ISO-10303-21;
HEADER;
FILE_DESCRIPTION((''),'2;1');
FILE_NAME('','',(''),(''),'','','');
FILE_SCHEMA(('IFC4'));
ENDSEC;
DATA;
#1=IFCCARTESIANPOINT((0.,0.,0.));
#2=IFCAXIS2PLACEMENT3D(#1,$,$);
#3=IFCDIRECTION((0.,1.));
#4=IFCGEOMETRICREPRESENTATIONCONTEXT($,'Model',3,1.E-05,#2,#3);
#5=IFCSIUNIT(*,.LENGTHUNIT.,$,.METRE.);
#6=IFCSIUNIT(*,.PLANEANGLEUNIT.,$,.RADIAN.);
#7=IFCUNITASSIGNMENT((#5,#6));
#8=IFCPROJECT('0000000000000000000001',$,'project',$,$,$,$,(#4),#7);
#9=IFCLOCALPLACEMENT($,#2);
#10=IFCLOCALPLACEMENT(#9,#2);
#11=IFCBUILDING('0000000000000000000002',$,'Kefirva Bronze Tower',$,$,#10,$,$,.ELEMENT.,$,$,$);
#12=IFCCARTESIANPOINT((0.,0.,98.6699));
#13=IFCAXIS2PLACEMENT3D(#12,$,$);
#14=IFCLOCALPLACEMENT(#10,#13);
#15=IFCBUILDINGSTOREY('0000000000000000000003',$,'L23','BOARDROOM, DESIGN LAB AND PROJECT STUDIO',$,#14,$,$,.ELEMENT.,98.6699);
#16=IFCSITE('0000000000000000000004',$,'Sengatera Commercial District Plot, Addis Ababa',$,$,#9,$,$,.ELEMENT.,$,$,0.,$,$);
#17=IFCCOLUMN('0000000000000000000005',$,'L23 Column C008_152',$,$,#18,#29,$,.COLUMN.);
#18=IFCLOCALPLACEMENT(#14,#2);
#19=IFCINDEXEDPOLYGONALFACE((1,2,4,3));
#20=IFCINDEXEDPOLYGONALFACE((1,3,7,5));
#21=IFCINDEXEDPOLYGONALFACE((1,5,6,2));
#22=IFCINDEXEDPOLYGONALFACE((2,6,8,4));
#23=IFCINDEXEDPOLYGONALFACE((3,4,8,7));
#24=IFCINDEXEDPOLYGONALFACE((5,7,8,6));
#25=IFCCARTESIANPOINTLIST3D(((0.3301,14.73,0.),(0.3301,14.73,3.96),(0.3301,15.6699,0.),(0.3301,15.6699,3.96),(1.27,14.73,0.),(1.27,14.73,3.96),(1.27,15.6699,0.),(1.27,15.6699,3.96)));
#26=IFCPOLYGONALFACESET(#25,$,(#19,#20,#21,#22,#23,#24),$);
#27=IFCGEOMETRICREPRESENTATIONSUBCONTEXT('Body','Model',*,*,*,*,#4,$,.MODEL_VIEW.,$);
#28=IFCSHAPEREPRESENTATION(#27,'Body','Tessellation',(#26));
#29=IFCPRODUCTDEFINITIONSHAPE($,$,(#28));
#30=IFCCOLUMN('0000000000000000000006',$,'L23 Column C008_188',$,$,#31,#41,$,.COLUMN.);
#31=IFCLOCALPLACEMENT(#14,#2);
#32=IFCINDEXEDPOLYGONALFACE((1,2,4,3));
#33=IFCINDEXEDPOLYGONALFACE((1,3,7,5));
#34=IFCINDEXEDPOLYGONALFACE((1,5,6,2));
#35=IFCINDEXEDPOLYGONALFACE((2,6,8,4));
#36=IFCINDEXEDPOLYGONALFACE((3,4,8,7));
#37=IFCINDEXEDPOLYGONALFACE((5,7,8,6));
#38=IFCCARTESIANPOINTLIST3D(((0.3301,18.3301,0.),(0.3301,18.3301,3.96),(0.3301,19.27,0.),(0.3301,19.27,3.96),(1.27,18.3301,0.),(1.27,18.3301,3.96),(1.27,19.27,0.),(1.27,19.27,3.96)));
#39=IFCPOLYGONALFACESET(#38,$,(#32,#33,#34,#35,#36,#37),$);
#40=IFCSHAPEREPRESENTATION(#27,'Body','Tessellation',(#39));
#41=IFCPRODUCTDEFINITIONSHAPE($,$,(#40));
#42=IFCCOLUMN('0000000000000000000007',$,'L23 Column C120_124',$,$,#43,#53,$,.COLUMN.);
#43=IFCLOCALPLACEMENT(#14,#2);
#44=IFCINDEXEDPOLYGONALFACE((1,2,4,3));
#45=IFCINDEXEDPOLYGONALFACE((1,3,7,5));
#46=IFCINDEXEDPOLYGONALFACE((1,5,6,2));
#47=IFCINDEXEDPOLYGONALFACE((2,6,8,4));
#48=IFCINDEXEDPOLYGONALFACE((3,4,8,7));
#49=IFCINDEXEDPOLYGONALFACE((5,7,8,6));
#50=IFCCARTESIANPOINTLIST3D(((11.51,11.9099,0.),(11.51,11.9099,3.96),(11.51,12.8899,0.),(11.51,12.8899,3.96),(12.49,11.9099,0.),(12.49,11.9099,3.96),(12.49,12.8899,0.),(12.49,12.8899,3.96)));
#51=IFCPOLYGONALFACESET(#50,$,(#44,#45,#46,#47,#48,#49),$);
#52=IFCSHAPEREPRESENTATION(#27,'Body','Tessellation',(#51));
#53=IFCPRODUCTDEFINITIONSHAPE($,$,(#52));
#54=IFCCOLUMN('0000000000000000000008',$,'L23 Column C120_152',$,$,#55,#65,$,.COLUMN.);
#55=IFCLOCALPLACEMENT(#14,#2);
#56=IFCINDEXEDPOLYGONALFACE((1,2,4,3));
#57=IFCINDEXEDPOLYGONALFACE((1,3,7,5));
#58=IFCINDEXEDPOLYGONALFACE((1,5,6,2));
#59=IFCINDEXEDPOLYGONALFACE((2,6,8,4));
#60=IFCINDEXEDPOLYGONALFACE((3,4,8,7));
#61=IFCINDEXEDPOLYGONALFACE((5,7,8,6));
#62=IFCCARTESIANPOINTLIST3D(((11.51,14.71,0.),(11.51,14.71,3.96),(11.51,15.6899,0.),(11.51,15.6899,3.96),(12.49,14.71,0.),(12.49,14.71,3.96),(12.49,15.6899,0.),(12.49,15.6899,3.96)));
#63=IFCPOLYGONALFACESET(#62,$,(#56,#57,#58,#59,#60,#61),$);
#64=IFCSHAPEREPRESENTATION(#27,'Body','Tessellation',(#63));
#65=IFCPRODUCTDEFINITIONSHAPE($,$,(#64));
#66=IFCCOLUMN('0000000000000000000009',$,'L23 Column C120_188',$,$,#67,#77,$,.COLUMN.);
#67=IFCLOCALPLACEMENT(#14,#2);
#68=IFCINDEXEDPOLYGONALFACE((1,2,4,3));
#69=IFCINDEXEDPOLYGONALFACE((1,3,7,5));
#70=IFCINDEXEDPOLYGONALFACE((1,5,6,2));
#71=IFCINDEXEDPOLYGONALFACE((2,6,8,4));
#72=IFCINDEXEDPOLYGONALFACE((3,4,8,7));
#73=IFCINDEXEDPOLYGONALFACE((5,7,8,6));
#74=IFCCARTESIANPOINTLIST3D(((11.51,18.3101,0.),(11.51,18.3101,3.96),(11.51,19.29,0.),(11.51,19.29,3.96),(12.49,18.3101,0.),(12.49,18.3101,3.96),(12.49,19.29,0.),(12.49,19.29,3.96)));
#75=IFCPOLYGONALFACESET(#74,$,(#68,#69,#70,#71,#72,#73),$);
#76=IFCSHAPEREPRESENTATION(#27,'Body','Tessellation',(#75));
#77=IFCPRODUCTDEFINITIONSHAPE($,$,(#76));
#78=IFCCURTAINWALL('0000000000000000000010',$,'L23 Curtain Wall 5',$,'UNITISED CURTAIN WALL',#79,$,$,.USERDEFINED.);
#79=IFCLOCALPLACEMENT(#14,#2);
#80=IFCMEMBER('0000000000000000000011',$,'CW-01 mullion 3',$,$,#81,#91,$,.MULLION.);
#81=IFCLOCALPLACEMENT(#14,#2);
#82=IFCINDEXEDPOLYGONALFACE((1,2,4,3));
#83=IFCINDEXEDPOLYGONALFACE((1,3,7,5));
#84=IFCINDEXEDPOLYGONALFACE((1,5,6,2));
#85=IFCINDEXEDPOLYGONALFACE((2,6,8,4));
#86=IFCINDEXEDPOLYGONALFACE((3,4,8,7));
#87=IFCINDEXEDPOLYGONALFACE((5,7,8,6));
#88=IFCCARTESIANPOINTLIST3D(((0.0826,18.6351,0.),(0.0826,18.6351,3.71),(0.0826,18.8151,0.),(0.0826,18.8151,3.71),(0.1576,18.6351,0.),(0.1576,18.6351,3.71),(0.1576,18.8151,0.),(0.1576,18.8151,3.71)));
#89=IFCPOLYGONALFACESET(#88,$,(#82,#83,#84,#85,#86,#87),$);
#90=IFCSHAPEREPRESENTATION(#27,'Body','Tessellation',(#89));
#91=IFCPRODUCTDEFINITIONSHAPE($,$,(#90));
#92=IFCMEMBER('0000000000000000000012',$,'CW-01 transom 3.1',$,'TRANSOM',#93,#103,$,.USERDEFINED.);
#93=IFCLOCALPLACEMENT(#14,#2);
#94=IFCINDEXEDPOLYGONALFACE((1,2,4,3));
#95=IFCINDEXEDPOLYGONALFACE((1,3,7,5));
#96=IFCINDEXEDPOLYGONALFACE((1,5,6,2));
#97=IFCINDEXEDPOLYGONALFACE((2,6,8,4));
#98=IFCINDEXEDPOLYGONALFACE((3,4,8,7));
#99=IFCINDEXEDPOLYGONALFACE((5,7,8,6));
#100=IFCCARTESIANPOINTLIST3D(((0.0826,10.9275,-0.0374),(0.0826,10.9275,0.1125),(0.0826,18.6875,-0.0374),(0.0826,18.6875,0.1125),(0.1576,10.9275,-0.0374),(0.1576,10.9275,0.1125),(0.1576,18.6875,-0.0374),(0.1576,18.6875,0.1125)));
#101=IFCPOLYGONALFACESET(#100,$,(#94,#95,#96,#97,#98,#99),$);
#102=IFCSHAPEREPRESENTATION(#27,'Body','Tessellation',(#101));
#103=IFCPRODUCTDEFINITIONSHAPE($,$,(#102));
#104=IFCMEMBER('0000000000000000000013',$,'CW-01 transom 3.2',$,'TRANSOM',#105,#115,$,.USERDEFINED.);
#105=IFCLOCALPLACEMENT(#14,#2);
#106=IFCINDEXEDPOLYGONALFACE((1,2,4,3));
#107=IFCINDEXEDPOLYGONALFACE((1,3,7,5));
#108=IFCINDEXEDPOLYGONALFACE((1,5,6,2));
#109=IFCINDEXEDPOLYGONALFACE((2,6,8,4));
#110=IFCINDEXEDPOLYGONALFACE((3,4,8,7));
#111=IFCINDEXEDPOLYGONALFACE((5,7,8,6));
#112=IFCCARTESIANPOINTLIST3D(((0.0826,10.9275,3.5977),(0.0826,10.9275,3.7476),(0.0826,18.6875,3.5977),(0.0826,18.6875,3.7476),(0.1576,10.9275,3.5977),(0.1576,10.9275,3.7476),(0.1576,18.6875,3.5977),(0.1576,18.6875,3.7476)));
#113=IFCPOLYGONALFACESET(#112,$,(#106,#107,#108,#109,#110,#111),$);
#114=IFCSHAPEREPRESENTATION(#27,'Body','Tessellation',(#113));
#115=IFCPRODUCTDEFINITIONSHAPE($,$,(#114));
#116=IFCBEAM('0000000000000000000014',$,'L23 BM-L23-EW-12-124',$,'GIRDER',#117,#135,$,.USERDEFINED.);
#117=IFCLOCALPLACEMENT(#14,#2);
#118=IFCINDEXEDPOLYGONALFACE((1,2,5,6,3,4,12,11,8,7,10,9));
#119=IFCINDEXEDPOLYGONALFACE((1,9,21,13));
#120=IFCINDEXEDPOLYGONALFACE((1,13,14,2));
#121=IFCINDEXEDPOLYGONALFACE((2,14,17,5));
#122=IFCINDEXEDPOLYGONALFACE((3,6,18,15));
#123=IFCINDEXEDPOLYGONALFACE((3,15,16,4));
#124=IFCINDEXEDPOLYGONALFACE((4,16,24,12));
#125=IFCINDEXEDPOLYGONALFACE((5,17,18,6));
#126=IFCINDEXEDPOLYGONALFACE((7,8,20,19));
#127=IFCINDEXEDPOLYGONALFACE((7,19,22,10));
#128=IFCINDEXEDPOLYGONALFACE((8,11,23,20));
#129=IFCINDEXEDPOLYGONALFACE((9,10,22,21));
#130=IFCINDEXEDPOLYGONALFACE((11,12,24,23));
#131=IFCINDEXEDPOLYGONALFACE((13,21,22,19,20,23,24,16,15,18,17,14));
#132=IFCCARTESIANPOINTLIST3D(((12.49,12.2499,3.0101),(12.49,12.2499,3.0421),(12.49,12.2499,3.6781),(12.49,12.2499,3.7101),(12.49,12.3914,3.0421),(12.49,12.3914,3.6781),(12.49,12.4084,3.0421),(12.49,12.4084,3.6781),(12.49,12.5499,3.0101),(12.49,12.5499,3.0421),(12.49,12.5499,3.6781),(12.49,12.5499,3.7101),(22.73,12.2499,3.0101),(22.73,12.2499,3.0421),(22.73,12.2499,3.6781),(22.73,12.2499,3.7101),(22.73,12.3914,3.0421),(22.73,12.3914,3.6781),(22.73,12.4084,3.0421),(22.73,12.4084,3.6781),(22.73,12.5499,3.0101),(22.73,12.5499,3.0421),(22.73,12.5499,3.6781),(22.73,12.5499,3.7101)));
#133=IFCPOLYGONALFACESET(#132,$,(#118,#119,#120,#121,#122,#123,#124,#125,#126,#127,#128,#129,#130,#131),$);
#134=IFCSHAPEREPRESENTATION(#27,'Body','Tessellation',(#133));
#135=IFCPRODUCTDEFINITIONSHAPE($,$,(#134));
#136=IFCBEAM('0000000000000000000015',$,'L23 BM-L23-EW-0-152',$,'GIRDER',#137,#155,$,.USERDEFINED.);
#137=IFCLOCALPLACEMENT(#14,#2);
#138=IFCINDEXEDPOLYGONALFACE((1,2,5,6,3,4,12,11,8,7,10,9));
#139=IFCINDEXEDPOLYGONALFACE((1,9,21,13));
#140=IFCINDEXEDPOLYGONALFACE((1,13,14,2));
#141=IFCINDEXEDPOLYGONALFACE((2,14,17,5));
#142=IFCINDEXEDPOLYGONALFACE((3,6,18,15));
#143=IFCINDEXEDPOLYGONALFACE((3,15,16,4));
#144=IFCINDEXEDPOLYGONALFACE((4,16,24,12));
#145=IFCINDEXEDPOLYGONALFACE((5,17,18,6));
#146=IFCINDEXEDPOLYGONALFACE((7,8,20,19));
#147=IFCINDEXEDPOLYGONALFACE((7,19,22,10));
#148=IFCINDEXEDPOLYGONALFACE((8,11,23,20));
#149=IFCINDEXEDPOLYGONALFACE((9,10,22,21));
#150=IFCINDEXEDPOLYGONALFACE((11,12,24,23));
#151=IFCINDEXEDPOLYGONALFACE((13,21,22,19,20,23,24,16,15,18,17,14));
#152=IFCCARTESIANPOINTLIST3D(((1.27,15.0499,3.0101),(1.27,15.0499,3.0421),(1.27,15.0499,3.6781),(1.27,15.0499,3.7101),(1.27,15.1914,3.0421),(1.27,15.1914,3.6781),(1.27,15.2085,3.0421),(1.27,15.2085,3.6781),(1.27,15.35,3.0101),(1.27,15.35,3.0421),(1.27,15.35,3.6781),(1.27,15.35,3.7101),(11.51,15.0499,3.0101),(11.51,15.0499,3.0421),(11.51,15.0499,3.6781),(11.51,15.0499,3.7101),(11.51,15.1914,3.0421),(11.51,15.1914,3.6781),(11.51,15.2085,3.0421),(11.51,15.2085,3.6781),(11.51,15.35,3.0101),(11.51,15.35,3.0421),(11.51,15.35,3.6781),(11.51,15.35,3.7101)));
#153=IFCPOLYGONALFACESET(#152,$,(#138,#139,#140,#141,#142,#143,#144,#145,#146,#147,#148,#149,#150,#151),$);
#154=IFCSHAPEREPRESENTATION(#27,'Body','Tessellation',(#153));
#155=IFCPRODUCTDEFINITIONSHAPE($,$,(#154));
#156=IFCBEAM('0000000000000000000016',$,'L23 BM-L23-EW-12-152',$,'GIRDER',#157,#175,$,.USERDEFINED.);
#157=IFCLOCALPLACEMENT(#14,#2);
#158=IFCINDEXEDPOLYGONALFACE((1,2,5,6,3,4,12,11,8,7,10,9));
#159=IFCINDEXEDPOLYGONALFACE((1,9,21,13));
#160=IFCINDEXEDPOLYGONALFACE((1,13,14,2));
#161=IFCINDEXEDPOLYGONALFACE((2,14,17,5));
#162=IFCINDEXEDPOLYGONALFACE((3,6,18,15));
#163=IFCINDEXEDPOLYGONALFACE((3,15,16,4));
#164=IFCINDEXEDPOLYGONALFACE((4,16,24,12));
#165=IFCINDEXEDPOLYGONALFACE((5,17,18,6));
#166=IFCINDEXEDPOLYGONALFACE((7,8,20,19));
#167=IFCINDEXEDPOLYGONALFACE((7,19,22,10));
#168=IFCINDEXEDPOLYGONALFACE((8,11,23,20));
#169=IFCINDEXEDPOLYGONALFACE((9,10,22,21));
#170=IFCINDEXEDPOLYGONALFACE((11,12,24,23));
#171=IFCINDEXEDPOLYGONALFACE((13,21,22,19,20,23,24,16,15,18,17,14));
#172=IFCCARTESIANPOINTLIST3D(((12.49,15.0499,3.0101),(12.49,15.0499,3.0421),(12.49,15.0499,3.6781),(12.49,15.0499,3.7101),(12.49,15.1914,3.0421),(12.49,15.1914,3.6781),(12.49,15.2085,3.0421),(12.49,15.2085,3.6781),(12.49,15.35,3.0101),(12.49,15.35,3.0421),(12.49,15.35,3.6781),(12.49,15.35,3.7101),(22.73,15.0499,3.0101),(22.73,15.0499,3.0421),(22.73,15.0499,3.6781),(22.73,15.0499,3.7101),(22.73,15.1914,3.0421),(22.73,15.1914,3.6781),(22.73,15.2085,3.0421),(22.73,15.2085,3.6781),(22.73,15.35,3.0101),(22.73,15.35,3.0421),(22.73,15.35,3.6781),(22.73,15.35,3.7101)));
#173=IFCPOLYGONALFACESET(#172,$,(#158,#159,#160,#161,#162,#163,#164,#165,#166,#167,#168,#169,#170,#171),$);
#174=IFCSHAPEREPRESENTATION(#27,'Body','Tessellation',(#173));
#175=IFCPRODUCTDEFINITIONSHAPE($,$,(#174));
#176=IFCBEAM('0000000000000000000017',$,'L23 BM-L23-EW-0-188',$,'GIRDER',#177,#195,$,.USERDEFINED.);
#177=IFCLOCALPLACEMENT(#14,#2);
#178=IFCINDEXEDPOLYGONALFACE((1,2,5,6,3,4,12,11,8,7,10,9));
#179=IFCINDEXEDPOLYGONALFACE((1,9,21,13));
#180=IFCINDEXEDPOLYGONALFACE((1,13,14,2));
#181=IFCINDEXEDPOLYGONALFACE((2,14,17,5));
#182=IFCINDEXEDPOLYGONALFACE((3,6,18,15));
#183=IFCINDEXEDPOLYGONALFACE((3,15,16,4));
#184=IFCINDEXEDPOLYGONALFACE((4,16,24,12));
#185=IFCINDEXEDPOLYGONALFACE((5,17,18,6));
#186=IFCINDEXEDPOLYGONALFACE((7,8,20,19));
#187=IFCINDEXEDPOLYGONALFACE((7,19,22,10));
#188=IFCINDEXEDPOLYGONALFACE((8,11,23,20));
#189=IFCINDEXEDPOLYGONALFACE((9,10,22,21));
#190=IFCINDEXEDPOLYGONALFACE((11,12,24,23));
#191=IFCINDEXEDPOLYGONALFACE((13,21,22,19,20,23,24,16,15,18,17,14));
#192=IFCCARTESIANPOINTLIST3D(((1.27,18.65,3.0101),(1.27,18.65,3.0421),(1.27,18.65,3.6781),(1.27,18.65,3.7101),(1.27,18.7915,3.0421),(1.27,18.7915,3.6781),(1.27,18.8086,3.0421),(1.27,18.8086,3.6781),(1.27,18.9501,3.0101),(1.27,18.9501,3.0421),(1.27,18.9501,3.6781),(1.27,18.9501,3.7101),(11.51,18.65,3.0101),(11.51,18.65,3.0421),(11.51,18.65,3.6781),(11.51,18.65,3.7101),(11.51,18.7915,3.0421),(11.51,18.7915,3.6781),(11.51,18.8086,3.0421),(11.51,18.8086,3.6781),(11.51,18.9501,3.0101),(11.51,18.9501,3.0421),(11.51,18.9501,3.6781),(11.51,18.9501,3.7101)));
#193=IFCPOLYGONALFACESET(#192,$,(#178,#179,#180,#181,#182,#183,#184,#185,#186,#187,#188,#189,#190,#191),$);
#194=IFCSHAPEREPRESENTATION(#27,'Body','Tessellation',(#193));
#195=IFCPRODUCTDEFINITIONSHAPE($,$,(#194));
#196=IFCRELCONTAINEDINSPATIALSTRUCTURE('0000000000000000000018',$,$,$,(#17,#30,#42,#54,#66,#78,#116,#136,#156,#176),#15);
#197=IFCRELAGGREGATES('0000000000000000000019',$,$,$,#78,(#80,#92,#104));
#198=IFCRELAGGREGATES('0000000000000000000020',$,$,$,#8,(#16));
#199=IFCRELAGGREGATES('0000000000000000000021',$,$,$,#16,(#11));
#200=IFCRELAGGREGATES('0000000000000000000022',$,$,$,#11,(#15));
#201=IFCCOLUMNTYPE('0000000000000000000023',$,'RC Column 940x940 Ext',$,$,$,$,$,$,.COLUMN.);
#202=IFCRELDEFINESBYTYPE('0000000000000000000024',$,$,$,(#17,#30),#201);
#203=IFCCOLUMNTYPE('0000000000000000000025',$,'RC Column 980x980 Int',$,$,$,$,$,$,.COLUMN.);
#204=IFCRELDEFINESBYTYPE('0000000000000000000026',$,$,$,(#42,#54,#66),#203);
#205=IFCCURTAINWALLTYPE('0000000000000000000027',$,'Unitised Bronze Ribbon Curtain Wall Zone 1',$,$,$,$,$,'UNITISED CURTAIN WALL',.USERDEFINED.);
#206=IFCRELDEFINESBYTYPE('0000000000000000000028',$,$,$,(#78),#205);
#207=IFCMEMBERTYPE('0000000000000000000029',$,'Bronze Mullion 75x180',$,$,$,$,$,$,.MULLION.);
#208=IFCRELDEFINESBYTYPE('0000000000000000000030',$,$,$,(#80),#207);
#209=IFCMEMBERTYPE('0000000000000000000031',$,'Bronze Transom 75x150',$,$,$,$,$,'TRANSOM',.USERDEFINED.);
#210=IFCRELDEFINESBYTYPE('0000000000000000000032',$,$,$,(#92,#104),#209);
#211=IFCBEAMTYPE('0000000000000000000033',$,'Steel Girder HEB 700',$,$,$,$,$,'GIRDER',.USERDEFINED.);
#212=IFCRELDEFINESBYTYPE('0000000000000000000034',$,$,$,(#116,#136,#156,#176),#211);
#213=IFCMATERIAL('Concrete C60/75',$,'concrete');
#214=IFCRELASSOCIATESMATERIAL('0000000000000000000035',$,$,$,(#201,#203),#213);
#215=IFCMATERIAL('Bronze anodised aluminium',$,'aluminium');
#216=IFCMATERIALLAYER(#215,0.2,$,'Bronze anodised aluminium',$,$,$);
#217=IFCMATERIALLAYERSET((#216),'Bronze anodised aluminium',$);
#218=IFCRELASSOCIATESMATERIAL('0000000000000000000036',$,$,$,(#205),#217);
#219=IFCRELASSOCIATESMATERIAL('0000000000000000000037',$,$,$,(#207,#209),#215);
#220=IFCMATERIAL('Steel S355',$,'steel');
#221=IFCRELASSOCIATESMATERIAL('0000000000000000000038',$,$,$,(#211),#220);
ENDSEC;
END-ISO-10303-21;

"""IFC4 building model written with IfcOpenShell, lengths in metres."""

from ifc_helpers import new_model, si_unit, direction, frame, origin, origin_2d, place, context, subcontext, project, spatial, rectangle, i_section, extrude, material, layer, layer_set, material_profile, profile_set, type_object, element, aggregate, save


model = new_model("IFC4")

# Units and contexts
model_context = context("Model", 3, precision=1e-05, world=origin(), true_north=direction((0.0, 1.0)))
body_context = subcontext(model_context, "Body", "Model", "MODEL_VIEW")
ifc_project = project(units=[si_unit("LENGTHUNIT", "METRE"), si_unit("PLANEANGLEUNIT", "RADIAN")], contexts=[model_context])

# Site, building, storey
site_placement = place(None, origin())
site = spatial("IfcSite", under=ifc_project, at=site_placement, Name="Sengatera Commercial District Plot, Addis Ababa", CompositionType="ELEMENT", RefElevation=0.0)
building_placement = place(site_placement, origin())
building = spatial("IfcBuilding", under=site, at=building_placement, Name="Kefirva Bronze Tower", CompositionType="ELEMENT")
storey_placement = place(building_placement, frame((0.0, 0.0, 98.6699)))
storey = spatial("IfcBuildingStorey", under=building, at=storey_placement, Name="L23", Description="BOARDROOM, DESIGN LAB AND PROJECT STUDIO", CompositionType="ELEMENT", Elevation=98.6699)

# Columns
ifc_material_1 = material(Name="Concrete C60/75", Category="concrete")
ifc_material_profile_1 = material_profile(ifc_material_1, rectangle(XDim=0.9399, YDim=0.9399, at=origin_2d()), Name="RC 940x940")
ifc_profile_set_1 = profile_set([ifc_material_profile_1], Name="Concrete C60/75")
column_type_1 = type_object("IfcColumnType", Name="RC Column 940x940 Ext", PredefinedType="COLUMN", material=ifc_profile_set_1)
for number, where, z_axis, x_axis, name in (
    (1, (0.8, 15.2, 0.0), (0.0, 0.0, 1.0), (1.0, 0.0, 0.0), "L23 Column C008_152"),
    (2, (0.8, 18.8, 0.0), (0.0, 0.0, 1.0), (1.0, 0.0, 0.0), "L23 Column C008_188"),
):
    element("IfcColumn", number, at=place(storey_placement, frame(where, z_axis=z_axis, x_axis=x_axis)), inside=storey, type_object=column_type_1, Name=name, PredefinedType="COLUMN", context=body_context, shape_type="SweptSolid", body=[
        extrude(rectangle(XDim=0.9399, YDim=0.9399, at=origin_2d()), origin(), (0.0, 0.0, 1.0), 3.96),
    ])
ifc_material_profile_2 = material_profile(ifc_material_1, rectangle(XDim=0.98, YDim=0.98, at=origin_2d()), Name="RC 980x980")
ifc_profile_set_2 = profile_set([ifc_material_profile_2], Name="Concrete C60/75")
column_type_2 = type_object("IfcColumnType", Name="RC Column 980x980 Int", PredefinedType="COLUMN", material=ifc_profile_set_2)
for number, where, z_axis, x_axis, name in (
    (3, (12.0, 12.3999, 0.0), (0.0, 0.0, 1.0), (1.0, 0.0, 0.0), "L23 Column C120_124"),
    (4, (12.0, 15.2, 0.0), (0.0, 0.0, 1.0), (1.0, 0.0, 0.0), "L23 Column C120_152"),
    (5, (12.0, 18.8, 0.0), (0.0, 0.0, 1.0), (1.0, 0.0, 0.0), "L23 Column C120_188"),
):
    element("IfcColumn", number, at=place(storey_placement, frame(where, z_axis=z_axis, x_axis=x_axis)), inside=storey, type_object=column_type_2, Name=name, PredefinedType="COLUMN", context=body_context, shape_type="SweptSolid", body=[
        extrude(rectangle(XDim=0.98, YDim=0.98, at=origin_2d()), origin(), (0.0, 0.0, 1.0), 3.96),
    ])

# Curtain wall, members
ifc_material_2 = material(Name="Bronze anodised aluminium", Category="aluminium")
ifc_layer_1 = layer(ifc_material_2, 0.2, Name="Bronze anodised aluminium")
ifc_layer_set_1 = layer_set([ifc_layer_1], Name="Bronze anodised aluminium")
curtain_wall_type = type_object("IfcCurtainWallType", Name="Unitised Bronze Ribbon Curtain Wall Zone 1", ElementType="UNITISED CURTAIN WALL", PredefinedType="USERDEFINED", material=ifc_layer_set_1)
curtain_wall_placement = place(storey_placement, origin())
curtain_wall = element("IfcCurtainWall", 6, at=curtain_wall_placement, inside=storey, type_object=curtain_wall_type, Name="L23 Curtain Wall 5", ObjectType="UNITISED CURTAIN WALL", PredefinedType="USERDEFINED")
ifc_material_profile_3 = material_profile(ifc_material_2, rectangle(XDim=0.075, YDim=0.1799, at=origin_2d()), Name="ALU 75x180")
ifc_profile_set_3 = profile_set([ifc_material_profile_3], Name="Bronze anodised aluminium")
member_type_1 = type_object("IfcMemberType", Name="Bronze Mullion 75x180", PredefinedType="MULLION", material=ifc_profile_set_3)
member_1_placement = place(storey_placement, frame((0.1201, 18.7251, 0.0), z_axis=(0.0, 0.0, 1.0), x_axis=(1.0, 0.0, 0.0)))
member_1 = element("IfcMember", 7, at=member_1_placement, type_object=member_type_1, Name="CW-01 mullion 3", PredefinedType="MULLION", context=body_context, shape_type="SweptSolid", body=[
    extrude(rectangle(XDim=0.075, YDim=0.1799, at=origin_2d()), origin(), (0.0, 0.0, 1.0), 3.71),
])
ifc_material_profile_4 = material_profile(ifc_material_2, rectangle(XDim=0.075, YDim=0.1499, at=origin_2d()), Name="ALU 75x150")
ifc_profile_set_4 = profile_set([ifc_material_profile_4], Name="Bronze anodised aluminium")
member_type_2 = type_object("IfcMemberType", Name="Bronze Transom 75x150", ElementType="TRANSOM", PredefinedType="USERDEFINED", material=ifc_profile_set_4)
member_2_placement = place(storey_placement, frame((0.1201, 18.6875, 0.0376), z_axis=(0.0, -1.0, 0.0), x_axis=(1.0, 0.0, 0.0)))
member_2 = element("IfcMember", 8, at=member_2_placement, type_object=member_type_2, Name="CW-01 transom 3.1", ObjectType="TRANSOM", PredefinedType="USERDEFINED", context=body_context, shape_type="SweptSolid", body=[
    extrude(rectangle(XDim=0.075, YDim=0.1499, at=origin_2d()), origin(), (0.0, 0.0, 1.0), 7.76),
])
member_3_placement = place(storey_placement, frame((0.1201, 18.6875, 3.6726), z_axis=(0.0, -1.0, 0.0), x_axis=(1.0, 0.0, 0.0)))
member_3 = element("IfcMember", 9, at=member_3_placement, type_object=member_type_2, Name="CW-01 transom 3.2", ObjectType="TRANSOM", PredefinedType="USERDEFINED", context=body_context, shape_type="SweptSolid", body=[
    extrude(rectangle(XDim=0.075, YDim=0.1499, at=origin_2d()), origin(), (0.0, 0.0, 1.0), 7.76),
])

# Beams
ifc_material_3 = material(Name="Steel S355", Category="steel")
ifc_material_profile_5 = material_profile(ifc_material_3, i_section(OverallWidth=0.3, OverallDepth=0.7, WebThickness=0.0171, FlangeThickness=0.032, at=origin_2d()), Name="HEB 700")
ifc_profile_set_5 = profile_set([ifc_material_profile_5], Name="Steel S355")
beam_type_1 = type_object("IfcBeamType", Name="Steel Girder HEB 700", ElementType="GIRDER", PredefinedType="USERDEFINED", material=ifc_profile_set_5)
for number, where, z_axis, x_axis, name in (
    (10, (12.49, 12.3999, 3.3601), (1.0, 0.0, 0.0), (0.0, 1.0, 0.0), "L23 BM-L23-EW-12-124"),
    (11, (1.27, 15.2, 3.3601), (1.0, 0.0, 0.0), (0.0, 1.0, 0.0), "L23 BM-L23-EW-0-152"),
    (12, (12.49, 15.2, 3.3601), (1.0, 0.0, 0.0), (0.0, 1.0, 0.0), "L23 BM-L23-EW-12-152"),
    (13, (1.27, 18.8, 3.3601), (1.0, 0.0, 0.0), (0.0, 1.0, 0.0), "L23 BM-L23-EW-0-188"),
):
    element("IfcBeam", number, at=place(storey_placement, frame(where, z_axis=z_axis, x_axis=x_axis)), inside=storey, type_object=beam_type_1, Name=name, ObjectType="GIRDER", PredefinedType="USERDEFINED", context=body_context, shape_type="SweptSolid", body=[
        extrude(i_section(OverallWidth=0.3, OverallDepth=0.7, WebThickness=0.0171, FlangeThickness=0.032, at=origin_2d()), origin(), (0.0, 0.0, 1.0), 10.24),
    ])

aggregate(curtain_wall, [member_1, member_2, member_3])

save(model, "model.ifc")
